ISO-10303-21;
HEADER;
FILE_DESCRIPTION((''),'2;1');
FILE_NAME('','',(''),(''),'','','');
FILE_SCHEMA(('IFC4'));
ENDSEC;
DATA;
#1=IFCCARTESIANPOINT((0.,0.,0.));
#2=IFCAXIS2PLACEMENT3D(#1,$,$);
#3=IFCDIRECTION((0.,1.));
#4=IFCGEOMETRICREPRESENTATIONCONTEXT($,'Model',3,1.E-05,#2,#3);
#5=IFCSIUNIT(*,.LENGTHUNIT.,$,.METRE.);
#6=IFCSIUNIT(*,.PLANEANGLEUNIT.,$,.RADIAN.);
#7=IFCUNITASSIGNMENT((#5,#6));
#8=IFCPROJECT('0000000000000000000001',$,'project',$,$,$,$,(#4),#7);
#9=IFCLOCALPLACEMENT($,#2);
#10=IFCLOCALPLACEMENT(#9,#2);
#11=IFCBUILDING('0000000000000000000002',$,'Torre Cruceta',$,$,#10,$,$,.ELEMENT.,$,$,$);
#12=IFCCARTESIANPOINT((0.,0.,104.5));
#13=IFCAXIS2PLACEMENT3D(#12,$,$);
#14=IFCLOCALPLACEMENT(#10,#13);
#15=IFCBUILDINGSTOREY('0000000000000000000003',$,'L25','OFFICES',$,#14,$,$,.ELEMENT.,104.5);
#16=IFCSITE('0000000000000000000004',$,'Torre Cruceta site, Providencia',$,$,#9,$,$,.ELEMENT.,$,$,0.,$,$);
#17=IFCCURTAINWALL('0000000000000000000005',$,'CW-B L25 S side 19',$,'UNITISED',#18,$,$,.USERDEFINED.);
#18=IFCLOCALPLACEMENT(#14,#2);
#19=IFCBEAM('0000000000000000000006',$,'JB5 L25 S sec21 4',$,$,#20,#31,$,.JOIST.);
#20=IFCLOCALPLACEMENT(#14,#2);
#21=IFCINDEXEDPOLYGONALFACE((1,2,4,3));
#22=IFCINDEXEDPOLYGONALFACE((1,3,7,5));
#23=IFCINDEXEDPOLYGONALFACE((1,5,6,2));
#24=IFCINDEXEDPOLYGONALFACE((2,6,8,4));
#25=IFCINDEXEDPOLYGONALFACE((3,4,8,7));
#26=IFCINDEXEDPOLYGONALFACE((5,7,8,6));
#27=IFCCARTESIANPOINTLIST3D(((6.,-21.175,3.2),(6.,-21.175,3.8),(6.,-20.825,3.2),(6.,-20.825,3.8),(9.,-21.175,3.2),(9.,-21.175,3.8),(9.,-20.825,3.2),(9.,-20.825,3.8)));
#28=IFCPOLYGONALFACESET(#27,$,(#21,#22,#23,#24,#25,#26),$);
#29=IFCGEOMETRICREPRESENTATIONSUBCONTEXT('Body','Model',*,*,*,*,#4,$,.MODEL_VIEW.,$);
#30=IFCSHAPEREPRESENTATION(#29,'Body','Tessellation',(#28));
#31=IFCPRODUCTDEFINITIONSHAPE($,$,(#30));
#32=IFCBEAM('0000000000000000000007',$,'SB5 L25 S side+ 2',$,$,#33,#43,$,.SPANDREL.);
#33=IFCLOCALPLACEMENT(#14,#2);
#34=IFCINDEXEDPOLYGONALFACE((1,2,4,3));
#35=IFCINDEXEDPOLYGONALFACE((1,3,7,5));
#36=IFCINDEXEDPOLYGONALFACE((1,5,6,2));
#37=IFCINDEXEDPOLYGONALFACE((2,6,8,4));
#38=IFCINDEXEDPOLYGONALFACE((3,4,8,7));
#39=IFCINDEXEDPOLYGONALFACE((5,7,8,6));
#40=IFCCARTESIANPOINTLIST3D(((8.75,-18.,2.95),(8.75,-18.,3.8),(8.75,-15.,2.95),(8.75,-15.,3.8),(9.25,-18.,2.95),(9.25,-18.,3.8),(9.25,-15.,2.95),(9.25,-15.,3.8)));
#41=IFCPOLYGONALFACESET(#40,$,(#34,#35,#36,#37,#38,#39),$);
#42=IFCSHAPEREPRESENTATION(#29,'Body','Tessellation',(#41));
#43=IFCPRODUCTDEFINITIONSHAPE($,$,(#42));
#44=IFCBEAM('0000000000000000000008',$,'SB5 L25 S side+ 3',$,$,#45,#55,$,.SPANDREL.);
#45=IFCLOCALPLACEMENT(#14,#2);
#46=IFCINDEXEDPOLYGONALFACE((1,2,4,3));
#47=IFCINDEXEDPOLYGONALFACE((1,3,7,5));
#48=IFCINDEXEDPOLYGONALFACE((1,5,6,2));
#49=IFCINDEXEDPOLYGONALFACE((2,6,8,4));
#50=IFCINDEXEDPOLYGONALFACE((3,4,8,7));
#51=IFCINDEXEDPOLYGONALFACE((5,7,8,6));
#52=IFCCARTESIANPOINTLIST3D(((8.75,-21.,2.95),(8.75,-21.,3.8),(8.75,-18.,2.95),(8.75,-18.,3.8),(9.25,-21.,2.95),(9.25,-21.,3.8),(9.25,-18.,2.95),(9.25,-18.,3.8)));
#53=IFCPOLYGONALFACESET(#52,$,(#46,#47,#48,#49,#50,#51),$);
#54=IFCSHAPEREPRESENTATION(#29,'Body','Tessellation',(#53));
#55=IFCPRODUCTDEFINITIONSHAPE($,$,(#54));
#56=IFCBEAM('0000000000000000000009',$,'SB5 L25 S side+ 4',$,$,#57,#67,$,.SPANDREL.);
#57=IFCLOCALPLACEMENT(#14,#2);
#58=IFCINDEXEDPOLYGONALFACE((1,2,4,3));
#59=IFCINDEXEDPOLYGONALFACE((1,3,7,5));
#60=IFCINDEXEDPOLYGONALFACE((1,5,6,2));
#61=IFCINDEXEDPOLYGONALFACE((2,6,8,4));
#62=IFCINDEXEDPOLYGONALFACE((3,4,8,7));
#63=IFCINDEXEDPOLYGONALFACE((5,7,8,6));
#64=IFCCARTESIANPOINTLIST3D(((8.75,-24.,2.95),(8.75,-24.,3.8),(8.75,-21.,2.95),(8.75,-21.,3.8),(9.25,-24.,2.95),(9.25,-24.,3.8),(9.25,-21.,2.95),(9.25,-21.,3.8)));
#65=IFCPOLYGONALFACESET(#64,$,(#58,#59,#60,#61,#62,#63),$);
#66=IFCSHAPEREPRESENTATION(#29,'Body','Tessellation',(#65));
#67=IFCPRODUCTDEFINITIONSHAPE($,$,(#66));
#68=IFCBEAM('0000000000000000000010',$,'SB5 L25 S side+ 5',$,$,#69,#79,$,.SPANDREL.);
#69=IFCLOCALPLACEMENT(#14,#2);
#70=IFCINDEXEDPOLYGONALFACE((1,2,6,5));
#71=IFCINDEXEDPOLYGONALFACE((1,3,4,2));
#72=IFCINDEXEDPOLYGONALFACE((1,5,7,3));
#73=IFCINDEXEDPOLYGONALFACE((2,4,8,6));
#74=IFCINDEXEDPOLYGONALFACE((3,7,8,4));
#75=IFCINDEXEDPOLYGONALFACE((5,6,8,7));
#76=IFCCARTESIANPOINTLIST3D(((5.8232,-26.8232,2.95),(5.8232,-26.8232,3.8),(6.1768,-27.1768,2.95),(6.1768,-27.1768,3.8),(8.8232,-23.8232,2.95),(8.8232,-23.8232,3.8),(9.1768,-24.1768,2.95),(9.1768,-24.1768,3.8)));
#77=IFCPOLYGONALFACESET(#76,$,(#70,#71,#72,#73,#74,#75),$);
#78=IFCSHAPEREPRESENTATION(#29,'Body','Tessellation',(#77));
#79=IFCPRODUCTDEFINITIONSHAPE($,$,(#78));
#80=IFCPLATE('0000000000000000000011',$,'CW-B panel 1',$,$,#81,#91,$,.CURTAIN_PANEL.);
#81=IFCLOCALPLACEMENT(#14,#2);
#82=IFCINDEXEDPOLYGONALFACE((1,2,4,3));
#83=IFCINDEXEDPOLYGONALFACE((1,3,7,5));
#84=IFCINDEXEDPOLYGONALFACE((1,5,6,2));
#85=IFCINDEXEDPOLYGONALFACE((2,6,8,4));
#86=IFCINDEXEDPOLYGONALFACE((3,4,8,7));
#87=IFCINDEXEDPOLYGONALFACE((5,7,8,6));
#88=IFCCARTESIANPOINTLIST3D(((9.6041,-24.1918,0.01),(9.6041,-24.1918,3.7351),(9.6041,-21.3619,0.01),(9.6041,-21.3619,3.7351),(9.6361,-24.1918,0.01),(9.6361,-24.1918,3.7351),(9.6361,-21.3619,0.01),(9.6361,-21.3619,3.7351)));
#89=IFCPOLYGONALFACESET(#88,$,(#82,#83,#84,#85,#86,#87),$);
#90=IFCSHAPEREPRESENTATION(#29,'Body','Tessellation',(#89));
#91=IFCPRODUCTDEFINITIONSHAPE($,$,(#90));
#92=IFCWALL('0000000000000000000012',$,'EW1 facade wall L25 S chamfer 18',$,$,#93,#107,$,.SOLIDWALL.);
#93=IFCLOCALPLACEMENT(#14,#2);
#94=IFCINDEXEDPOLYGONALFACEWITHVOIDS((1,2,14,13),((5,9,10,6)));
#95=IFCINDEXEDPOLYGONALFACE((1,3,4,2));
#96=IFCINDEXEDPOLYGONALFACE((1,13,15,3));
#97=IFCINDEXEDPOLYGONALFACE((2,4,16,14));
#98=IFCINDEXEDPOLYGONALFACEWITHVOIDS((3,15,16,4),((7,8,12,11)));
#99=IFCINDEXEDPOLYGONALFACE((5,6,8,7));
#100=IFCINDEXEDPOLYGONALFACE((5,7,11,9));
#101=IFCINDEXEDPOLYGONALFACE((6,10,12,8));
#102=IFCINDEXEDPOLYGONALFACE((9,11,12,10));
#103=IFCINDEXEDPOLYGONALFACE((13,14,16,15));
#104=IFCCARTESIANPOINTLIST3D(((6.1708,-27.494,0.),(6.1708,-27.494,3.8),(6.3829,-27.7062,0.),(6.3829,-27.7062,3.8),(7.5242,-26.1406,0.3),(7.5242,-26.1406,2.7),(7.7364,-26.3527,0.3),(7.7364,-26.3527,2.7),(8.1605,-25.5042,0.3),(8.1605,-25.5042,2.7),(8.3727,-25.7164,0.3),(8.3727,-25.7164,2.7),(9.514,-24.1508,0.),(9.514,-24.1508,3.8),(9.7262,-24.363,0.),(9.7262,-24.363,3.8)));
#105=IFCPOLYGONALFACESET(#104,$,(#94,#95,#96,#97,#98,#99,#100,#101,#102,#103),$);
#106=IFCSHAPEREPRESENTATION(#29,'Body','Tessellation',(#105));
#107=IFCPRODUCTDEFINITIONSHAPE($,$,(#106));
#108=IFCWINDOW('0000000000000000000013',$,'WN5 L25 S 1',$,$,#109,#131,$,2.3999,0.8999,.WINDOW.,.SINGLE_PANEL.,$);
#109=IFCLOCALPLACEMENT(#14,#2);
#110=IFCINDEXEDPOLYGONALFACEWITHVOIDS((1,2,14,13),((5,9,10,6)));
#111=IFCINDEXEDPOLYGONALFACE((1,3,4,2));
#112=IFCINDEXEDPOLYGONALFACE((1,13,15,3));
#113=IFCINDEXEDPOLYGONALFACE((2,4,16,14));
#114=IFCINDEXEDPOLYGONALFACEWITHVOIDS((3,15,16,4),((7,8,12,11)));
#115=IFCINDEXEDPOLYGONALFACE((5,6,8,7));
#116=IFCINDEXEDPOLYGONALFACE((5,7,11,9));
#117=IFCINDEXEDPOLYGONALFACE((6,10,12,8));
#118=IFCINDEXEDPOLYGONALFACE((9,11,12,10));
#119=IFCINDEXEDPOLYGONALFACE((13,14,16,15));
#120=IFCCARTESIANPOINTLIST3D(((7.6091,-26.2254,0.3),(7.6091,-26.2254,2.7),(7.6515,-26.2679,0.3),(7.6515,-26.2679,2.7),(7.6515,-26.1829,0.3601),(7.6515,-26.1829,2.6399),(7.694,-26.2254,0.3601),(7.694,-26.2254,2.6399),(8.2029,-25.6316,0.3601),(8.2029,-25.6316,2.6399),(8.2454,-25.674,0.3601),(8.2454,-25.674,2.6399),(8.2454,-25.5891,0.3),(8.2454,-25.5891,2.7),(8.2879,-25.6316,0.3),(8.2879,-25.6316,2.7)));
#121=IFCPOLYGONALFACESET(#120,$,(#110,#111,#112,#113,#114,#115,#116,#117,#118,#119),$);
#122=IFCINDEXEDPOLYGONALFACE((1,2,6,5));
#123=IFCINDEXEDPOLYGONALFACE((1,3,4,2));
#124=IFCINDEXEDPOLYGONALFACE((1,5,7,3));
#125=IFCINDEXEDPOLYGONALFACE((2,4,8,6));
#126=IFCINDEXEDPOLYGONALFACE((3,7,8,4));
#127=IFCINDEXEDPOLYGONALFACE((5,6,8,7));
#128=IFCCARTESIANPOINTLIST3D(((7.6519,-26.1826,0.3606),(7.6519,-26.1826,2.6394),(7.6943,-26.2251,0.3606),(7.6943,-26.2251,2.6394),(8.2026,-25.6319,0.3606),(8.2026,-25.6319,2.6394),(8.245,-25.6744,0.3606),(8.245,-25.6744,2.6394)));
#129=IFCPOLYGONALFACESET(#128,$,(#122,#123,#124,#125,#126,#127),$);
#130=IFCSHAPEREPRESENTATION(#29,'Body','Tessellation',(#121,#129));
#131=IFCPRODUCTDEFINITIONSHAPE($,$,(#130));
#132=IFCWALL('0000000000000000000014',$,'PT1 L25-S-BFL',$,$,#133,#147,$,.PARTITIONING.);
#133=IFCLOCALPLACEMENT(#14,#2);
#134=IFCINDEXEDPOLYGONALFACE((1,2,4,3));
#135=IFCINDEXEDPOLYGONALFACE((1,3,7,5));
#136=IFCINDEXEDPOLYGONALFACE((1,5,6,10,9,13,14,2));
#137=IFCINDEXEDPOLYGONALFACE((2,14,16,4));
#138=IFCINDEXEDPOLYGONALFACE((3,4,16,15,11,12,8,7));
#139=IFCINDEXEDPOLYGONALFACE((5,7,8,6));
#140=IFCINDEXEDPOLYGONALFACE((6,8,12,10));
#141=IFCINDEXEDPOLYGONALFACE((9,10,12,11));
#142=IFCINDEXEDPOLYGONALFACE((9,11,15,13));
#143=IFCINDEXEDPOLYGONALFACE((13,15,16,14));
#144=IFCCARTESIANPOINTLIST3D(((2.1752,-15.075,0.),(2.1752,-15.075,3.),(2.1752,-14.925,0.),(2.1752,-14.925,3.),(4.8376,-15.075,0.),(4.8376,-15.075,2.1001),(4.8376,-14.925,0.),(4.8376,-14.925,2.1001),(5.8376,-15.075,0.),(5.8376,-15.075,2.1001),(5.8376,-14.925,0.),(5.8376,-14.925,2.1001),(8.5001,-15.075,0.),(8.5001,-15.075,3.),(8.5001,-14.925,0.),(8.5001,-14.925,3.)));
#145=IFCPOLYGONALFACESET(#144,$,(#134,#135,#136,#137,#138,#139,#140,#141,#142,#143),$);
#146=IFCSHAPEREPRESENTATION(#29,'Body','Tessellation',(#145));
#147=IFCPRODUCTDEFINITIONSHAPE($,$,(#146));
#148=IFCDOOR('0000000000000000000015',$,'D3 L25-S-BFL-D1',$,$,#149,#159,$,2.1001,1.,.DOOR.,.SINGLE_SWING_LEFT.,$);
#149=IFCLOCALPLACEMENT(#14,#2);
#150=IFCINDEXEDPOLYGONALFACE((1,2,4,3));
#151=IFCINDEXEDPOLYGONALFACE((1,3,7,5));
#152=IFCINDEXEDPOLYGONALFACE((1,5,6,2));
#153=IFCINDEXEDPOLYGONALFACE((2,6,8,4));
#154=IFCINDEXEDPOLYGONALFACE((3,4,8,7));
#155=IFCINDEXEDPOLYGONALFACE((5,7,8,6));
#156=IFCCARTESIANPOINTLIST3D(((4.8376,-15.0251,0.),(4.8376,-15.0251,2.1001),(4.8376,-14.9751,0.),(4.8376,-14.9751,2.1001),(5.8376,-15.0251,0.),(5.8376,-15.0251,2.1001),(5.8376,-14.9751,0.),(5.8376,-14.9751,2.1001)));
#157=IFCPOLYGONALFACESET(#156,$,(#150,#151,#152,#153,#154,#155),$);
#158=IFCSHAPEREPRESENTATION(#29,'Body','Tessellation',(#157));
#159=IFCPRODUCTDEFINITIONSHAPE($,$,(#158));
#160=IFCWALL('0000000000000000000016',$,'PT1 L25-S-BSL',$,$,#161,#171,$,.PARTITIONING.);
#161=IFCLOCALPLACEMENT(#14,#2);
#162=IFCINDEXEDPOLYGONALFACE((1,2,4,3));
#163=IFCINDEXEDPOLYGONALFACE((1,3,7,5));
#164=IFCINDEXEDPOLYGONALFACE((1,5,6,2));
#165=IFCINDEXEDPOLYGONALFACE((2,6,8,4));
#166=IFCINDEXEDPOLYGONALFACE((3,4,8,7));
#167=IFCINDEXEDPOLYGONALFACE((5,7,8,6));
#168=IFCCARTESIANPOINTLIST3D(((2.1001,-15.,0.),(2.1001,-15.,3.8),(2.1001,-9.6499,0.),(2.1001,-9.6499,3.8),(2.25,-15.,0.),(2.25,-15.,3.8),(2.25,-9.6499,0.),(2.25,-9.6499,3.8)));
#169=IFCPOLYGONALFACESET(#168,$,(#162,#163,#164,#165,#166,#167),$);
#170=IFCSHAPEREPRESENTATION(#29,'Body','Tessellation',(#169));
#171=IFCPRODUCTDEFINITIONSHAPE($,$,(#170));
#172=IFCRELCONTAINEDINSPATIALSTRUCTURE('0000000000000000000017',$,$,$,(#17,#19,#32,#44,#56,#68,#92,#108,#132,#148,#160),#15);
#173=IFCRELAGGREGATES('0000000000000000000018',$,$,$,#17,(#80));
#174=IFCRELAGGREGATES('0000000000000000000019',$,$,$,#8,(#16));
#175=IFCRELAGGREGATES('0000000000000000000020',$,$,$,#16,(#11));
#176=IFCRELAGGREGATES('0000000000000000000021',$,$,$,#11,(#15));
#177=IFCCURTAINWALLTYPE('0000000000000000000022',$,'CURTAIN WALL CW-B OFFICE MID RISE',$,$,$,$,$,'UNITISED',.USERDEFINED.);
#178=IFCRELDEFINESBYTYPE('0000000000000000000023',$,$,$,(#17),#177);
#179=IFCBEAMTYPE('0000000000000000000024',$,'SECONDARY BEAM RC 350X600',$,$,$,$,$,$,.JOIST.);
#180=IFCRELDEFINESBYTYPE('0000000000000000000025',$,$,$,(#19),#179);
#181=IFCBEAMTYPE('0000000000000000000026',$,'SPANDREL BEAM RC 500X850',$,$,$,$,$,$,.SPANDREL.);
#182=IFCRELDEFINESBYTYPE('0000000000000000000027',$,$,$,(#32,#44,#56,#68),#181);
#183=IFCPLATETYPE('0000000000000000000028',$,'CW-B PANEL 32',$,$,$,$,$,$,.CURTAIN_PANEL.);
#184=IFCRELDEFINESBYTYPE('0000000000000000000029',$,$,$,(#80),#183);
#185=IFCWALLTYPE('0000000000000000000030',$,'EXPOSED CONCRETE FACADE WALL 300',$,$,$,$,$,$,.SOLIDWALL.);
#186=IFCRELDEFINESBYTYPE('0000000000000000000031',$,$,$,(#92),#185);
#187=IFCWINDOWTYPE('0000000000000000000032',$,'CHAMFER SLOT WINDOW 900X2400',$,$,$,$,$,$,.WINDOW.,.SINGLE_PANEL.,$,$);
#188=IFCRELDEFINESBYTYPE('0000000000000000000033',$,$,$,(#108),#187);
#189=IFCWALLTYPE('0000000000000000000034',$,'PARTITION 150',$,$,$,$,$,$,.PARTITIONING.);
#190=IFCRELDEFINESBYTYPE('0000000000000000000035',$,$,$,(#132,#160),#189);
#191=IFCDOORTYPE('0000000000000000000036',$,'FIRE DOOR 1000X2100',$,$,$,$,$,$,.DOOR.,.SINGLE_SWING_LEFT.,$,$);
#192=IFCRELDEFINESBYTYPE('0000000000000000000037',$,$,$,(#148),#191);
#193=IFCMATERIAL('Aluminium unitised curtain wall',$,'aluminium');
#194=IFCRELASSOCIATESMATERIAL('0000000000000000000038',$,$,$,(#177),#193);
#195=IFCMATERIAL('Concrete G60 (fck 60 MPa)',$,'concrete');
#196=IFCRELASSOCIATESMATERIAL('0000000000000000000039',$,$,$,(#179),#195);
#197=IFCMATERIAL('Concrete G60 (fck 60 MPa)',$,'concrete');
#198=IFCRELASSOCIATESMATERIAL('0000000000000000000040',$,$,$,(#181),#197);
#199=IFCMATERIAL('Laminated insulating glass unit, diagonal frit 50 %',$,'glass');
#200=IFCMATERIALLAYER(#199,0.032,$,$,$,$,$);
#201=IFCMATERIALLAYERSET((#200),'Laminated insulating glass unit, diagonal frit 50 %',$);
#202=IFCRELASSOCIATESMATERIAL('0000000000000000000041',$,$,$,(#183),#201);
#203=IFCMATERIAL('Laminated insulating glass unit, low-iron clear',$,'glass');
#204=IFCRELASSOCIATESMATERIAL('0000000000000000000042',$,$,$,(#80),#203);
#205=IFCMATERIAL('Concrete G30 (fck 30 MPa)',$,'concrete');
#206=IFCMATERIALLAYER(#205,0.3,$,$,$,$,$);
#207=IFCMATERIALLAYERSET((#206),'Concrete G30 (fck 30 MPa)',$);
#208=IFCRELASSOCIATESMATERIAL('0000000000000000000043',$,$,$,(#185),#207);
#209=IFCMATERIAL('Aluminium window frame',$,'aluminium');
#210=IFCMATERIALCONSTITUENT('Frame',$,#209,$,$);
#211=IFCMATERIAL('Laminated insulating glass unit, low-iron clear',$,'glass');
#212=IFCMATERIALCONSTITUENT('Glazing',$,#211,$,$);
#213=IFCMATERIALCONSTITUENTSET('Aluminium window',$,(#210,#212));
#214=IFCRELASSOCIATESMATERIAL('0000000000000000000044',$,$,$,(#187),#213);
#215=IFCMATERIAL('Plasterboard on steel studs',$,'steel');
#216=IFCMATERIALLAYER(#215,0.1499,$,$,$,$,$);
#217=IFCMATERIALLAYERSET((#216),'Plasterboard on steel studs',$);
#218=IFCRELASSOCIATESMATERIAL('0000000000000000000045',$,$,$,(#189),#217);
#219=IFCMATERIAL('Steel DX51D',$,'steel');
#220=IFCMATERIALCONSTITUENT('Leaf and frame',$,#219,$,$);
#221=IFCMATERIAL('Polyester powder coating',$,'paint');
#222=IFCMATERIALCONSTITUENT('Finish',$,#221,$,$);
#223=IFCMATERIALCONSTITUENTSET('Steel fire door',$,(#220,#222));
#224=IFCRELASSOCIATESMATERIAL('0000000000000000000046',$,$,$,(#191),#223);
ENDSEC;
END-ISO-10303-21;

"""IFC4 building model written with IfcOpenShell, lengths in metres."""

from ifc_helpers import new_model, si_unit, direction, frame, frame_2d, origin, origin_2d, place, context, subcontext, project, spatial, rectangle, hollow_rectangle, extrude, material, layer, layer_set, constituent, constituent_set, material_profile, profile_set, type_object, element, fill, aggregate, save


model = new_model("IFC4")

# Units and contexts
model_context = context("Model", 3, precision=1e-05, world=origin(), true_north=direction((0.0, 1.0)))
body_context = subcontext(model_context, "Body", "Model", "MODEL_VIEW")
ifc_project = project(units=[si_unit("LENGTHUNIT", "METRE"), si_unit("PLANEANGLEUNIT", "RADIAN")], contexts=[model_context])

# Site, building, storey
site_placement = place(None, origin())
site = spatial("IfcSite", under=ifc_project, at=site_placement, Name="Torre Cruceta site, Providencia", CompositionType="ELEMENT", RefElevation=0.0)
building_placement = place(site_placement, origin())
building = spatial("IfcBuilding", under=site, at=building_placement, Name="Torre Cruceta", CompositionType="ELEMENT")
storey_placement = place(building_placement, frame((0.0, 0.0, 104.5)))
storey = spatial("IfcBuildingStorey", under=building, at=storey_placement, Name="L25", Description="OFFICES", CompositionType="ELEMENT", Elevation=104.5)

# Curtain wall
ifc_material_1 = material(Name="Aluminium unitised curtain wall", Category="aluminium")
curtain_wall_type = type_object("IfcCurtainWallType", Name="CURTAIN WALL CW-B OFFICE MID RISE", ElementType="UNITISED", PredefinedType="USERDEFINED", material=ifc_material_1)
curtain_wall_placement = place(storey_placement, origin())
curtain_wall = element("IfcCurtainWall", 1, at=curtain_wall_placement, inside=storey, type_object=curtain_wall_type, Name="CW-B L25 S side 19", ObjectType="UNITISED", PredefinedType="USERDEFINED")

# Beams
ifc_material_2 = material(Name="Concrete G60 (fck 60 MPa)", Category="concrete")
ifc_material_profile_1 = material_profile(ifc_material_2, rectangle(XDim=0.3501, YDim=0.6001, at=origin_2d()), Name="RC 350X600")
ifc_profile_set_1 = profile_set([ifc_material_profile_1], Name="Concrete G60 (fck 60 MPa)")
beam_type_1 = type_object("IfcBeamType", Name="SECONDARY BEAM RC 350X600", PredefinedType="JOIST", material=ifc_profile_set_1)
beam_1_placement = place(storey_placement, frame((6.0, -21.0, 3.5), z_axis=(1.0, 0.0, 0.0), x_axis=(0.0, 1.0, 0.0)))
element("IfcBeam", 2, at=beam_1_placement, inside=storey, type_object=beam_type_1, Name="JB5 L25 S sec21 4", PredefinedType="JOIST", context=body_context, shape_type="SweptSolid", body=[
    extrude(rectangle(XDim=0.3501, YDim=0.6001, at=origin_2d()), origin(), (0.0, 0.0, 1.0), 3.0),
])
ifc_material_3 = material(Name="Concrete G60 (fck 60 MPa)", Category="concrete")
ifc_material_profile_2 = material_profile(ifc_material_3, rectangle(XDim=0.5, YDim=0.8501, at=origin_2d()), Name="RC 500X850")
ifc_profile_set_2 = profile_set([ifc_material_profile_2], Name="Concrete G60 (fck 60 MPa)")
beam_type_2 = type_object("IfcBeamType", Name="SPANDREL BEAM RC 500X850", PredefinedType="SPANDREL", material=ifc_profile_set_2)
for number, where, z_axis, x_axis, name in (
    (3, (9.0, -15.0, 3.375), (0.0, -1.0, 0.0), (1.0, 0.0, 0.0), "SB5 L25 S side+ 2"),
    (4, (9.0, -18.0, 3.375), (0.0, -1.0, 0.0), (1.0, 0.0, 0.0), "SB5 L25 S side+ 3"),
    (5, (9.0, -21.0, 3.375), (0.0, -1.0, 0.0), (1.0, 0.0, 0.0), "SB5 L25 S side+ 4"),
):
    element("IfcBeam", number, at=place(storey_placement, frame(where, z_axis=z_axis, x_axis=x_axis)), inside=storey, type_object=beam_type_2, Name=name, PredefinedType="SPANDREL", context=body_context, shape_type="SweptSolid", body=[
        extrude(rectangle(XDim=0.5, YDim=0.8501, at=origin_2d()), origin(), (0.0, 0.0, 1.0), 3.0),
    ])
beam_2_placement = place(storey_placement, frame((9.0, -24.0, 3.375), z_axis=(-0.707107, -0.707107, 0.0), x_axis=(0.707107, -0.707107, 0.0)))
element("IfcBeam", 6, at=beam_2_placement, inside=storey, type_object=beam_type_2, Name="SB5 L25 S side+ 5", PredefinedType="SPANDREL", context=body_context, shape_type="SweptSolid", body=[
    extrude(rectangle(XDim=0.5, YDim=0.8501, at=origin_2d()), origin(), (0.0, 0.0, 1.0), 4.2427),
])

# Plate
ifc_material_4 = material(Name="Laminated insulating glass unit, low-iron clear", Category="glass")
ifc_material_5 = material(Name="Laminated insulating glass unit, diagonal frit 50 %", Category="glass")
ifc_layer_1 = layer(ifc_material_5, 0.032)
ifc_layer_set_1 = layer_set([ifc_layer_1], Name="Laminated insulating glass unit, diagonal frit 50 %")
plate_type = type_object("IfcPlateType", Name="CW-B PANEL 32", PredefinedType="CURTAIN_PANEL", material=ifc_layer_set_1)
plate_placement = place(storey_placement, frame((9.6201, -22.7769, 0.01), z_axis=(0.0, 0.0, 1.0), x_axis=(0.0, 1.0, 0.0)))
plate = element("IfcPlate", 7, at=plate_placement, type_object=plate_type, material=ifc_material_4, Name="CW-B panel 1", PredefinedType="CURTAIN_PANEL", context=body_context, shape_type="SweptSolid", body=[
    extrude(rectangle(XDim=2.8298, YDim=0.032, at=origin_2d()), origin(), (0.0, 0.0, 1.0), 3.7251),
])
aggregate(curtain_wall, [plate])

# Wall, opening, window
ifc_material_6 = material(Name="Concrete G30 (fck 30 MPa)", Category="concrete")
ifc_layer_2 = layer(ifc_material_6, 0.3)
ifc_layer_set_2 = layer_set([ifc_layer_2], Name="Concrete G30 (fck 30 MPa)")
wall_type_1 = type_object("IfcWallType", Name="EXPOSED CONCRETE FACADE WALL 300", PredefinedType="SOLIDWALL", material=ifc_layer_set_2)
wall_1_placement = place(storey_placement, frame((6.2769, -27.6001, 0.0), z_axis=(0.0, 0.0, 1.0), x_axis=(0.707107, 0.707107, 0.0)))
wall_1 = element("IfcWall", 8, at=wall_1_placement, inside=storey, type_object=wall_type_1, Name="EW1 facade wall L25 S chamfer 18", PredefinedType="SOLIDWALL", context=body_context, shape_type="SweptSolid", body=[
    extrude(rectangle(XDim=4.728, YDim=0.3, at=frame_2d((2.364, 0.0))), origin(), (0.0, 0.0, 1.0), 3.8),
])
opening_1_placement = place(wall_1_placement, frame((1.9141, 0.0, 0.3)))
opening_1 = element("IfcOpeningElement", 9, at=opening_1_placement, cuts=wall_1, PredefinedType="OPENING", context=body_context, shape_type="SweptSolid", body=[
    extrude(rectangle(XDim=0.8999, YDim=2.3999, at=frame_2d((0.45, 1.2))), frame((0.0, 0.1599, 0.0), z_axis=(0.0, -1.0, 0.0), x_axis=(1.0, 0.0, 0.0)), (0.0, 0.0, 1.0), 0.3201),
])
ifc_material_7 = material(Name="Aluminium window frame", Category="aluminium")
ifc_constituent_1 = constituent(ifc_material_7, Name="Frame")
ifc_material_8 = material(Name="Laminated insulating glass unit, low-iron clear", Category="glass")
ifc_constituent_2 = constituent(ifc_material_8, Name="Glazing")
ifc_constituent_set_1 = constituent_set(constituents=[ifc_constituent_1, ifc_constituent_2], Name="Aluminium window")
window_type = type_object("IfcWindowType", Name="CHAMFER SLOT WINDOW 900X2400", PartitioningType="SINGLE_PANEL", PredefinedType="WINDOW", material=ifc_constituent_set_1)
window_placement = place(opening_1_placement, origin())
window = element("IfcWindow", 10, at=window_placement, inside=storey, type_object=window_type, Name="WN5 L25 S 1", OverallHeight=2.3999, OverallWidth=0.8999, PartitioningType="SINGLE_PANEL", PredefinedType="WINDOW", context=body_context, shape_type="SweptSolid", body=[
    extrude(hollow_rectangle(XDim=0.8999, YDim=2.3999, WallThickness=0.0601, at=frame_2d((0.45, 1.2))), frame((0.0, 0.03, 0.0), z_axis=(0.0, -1.0, 0.0), x_axis=(1.0, 0.0, 0.0)), (0.0, 0.0, 1.0), 0.0601),
    extrude(rectangle(XDim=0.7788, YDim=2.2788, at=frame_2d((0.45, 1.2))), frame((0.0, 0.03, 0.0), z_axis=(0.0, -1.0, 0.0), x_axis=(1.0, 0.0, 0.0)), (0.0, 0.0, 1.0), 0.0601),
])
fill(opening_1, window)

# Wall, opening, door
ifc_material_9 = material(Name="Plasterboard on steel studs", Category="steel")
ifc_layer_3 = layer(ifc_material_9, 0.1499)
ifc_layer_set_3 = layer_set([ifc_layer_3], Name="Plasterboard on steel studs")
wall_type_2 = type_object("IfcWallType", Name="PARTITION 150", PredefinedType="PARTITIONING", material=ifc_layer_set_3)
wall_2_placement = place(storey_placement, frame((2.175, -15.0, 0.0), z_axis=(0.0, 0.0, 1.0), x_axis=(1.0, 0.0, 0.0)))
wall_2 = element("IfcWall", 11, at=wall_2_placement, inside=storey, type_object=wall_type_2, Name="PT1 L25-S-BFL", PredefinedType="PARTITIONING", context=body_context, shape_type="SweptSolid", body=[
    extrude(rectangle(XDim=6.325, YDim=0.1499, at=frame_2d((3.1626, 0.0))), origin(), (0.0, 0.0, 1.0), 3.0),
])
opening_2_placement = place(wall_2_placement, frame((2.6626, 0.0, 0.0)))
opening_2 = element("IfcOpeningElement", 12, at=opening_2_placement, cuts=wall_2, PredefinedType="OPENING", context=body_context, shape_type="SweptSolid", body=[
    extrude(rectangle(XDim=1.0, YDim=2.1001, at=frame_2d((0.5, 1.05))), frame((0.0, 0.085, 0.0), z_axis=(0.0, -1.0, 0.0), x_axis=(1.0, 0.0, 0.0)), (0.0, 0.0, 1.0), 0.1699),
])
ifc_material_10 = material(Name="Steel DX51D", Category="steel")
ifc_constituent_3 = constituent(ifc_material_10, Name="Leaf and frame")
ifc_material_11 = material(Name="Polyester powder coating", Category="paint")
ifc_constituent_4 = constituent(ifc_material_11, Name="Finish")
ifc_constituent_set_2 = constituent_set(constituents=[ifc_constituent_3, ifc_constituent_4], Name="Steel fire door")
door_type = type_object("IfcDoorType", Name="FIRE DOOR 1000X2100", OperationType="SINGLE_SWING_LEFT", PredefinedType="DOOR", material=ifc_constituent_set_2)
door_placement = place(opening_2_placement, origin())
door = element("IfcDoor", 13, at=door_placement, inside=storey, type_object=door_type, Name="D3 L25-S-BFL-D1", OperationType="SINGLE_SWING_LEFT", OverallHeight=2.1001, OverallWidth=1.0, PredefinedType="DOOR", context=body_context, shape_type="SweptSolid", body=[
    extrude(rectangle(XDim=1.0, YDim=2.1001, at=frame_2d((0.5, 1.05))), frame((0.0, 0.0249, 0.0), z_axis=(0.0, -1.0, 0.0), x_axis=(1.0, 0.0, 0.0)), (0.0, 0.0, 1.0), 0.05),
])
fill(opening_2, door)

# Wall
wall_3_placement = place(storey_placement, frame((2.175, -9.6499, 0.0), z_axis=(0.0, 0.0, 1.0), x_axis=(0.0, -1.0, 0.0)))
element("IfcWall", 14, at=wall_3_placement, inside=storey, type_object=wall_type_2, Name="PT1 L25-S-BSL", PredefinedType="PARTITIONING", context=body_context, shape_type="SweptSolid", body=[
    extrude(rectangle(XDim=5.3501, YDim=0.1499, at=frame_2d((2.675, 0.0))), origin(), (0.0, 0.0, 1.0), 3.8),
])

save(model, "model.ifc")
